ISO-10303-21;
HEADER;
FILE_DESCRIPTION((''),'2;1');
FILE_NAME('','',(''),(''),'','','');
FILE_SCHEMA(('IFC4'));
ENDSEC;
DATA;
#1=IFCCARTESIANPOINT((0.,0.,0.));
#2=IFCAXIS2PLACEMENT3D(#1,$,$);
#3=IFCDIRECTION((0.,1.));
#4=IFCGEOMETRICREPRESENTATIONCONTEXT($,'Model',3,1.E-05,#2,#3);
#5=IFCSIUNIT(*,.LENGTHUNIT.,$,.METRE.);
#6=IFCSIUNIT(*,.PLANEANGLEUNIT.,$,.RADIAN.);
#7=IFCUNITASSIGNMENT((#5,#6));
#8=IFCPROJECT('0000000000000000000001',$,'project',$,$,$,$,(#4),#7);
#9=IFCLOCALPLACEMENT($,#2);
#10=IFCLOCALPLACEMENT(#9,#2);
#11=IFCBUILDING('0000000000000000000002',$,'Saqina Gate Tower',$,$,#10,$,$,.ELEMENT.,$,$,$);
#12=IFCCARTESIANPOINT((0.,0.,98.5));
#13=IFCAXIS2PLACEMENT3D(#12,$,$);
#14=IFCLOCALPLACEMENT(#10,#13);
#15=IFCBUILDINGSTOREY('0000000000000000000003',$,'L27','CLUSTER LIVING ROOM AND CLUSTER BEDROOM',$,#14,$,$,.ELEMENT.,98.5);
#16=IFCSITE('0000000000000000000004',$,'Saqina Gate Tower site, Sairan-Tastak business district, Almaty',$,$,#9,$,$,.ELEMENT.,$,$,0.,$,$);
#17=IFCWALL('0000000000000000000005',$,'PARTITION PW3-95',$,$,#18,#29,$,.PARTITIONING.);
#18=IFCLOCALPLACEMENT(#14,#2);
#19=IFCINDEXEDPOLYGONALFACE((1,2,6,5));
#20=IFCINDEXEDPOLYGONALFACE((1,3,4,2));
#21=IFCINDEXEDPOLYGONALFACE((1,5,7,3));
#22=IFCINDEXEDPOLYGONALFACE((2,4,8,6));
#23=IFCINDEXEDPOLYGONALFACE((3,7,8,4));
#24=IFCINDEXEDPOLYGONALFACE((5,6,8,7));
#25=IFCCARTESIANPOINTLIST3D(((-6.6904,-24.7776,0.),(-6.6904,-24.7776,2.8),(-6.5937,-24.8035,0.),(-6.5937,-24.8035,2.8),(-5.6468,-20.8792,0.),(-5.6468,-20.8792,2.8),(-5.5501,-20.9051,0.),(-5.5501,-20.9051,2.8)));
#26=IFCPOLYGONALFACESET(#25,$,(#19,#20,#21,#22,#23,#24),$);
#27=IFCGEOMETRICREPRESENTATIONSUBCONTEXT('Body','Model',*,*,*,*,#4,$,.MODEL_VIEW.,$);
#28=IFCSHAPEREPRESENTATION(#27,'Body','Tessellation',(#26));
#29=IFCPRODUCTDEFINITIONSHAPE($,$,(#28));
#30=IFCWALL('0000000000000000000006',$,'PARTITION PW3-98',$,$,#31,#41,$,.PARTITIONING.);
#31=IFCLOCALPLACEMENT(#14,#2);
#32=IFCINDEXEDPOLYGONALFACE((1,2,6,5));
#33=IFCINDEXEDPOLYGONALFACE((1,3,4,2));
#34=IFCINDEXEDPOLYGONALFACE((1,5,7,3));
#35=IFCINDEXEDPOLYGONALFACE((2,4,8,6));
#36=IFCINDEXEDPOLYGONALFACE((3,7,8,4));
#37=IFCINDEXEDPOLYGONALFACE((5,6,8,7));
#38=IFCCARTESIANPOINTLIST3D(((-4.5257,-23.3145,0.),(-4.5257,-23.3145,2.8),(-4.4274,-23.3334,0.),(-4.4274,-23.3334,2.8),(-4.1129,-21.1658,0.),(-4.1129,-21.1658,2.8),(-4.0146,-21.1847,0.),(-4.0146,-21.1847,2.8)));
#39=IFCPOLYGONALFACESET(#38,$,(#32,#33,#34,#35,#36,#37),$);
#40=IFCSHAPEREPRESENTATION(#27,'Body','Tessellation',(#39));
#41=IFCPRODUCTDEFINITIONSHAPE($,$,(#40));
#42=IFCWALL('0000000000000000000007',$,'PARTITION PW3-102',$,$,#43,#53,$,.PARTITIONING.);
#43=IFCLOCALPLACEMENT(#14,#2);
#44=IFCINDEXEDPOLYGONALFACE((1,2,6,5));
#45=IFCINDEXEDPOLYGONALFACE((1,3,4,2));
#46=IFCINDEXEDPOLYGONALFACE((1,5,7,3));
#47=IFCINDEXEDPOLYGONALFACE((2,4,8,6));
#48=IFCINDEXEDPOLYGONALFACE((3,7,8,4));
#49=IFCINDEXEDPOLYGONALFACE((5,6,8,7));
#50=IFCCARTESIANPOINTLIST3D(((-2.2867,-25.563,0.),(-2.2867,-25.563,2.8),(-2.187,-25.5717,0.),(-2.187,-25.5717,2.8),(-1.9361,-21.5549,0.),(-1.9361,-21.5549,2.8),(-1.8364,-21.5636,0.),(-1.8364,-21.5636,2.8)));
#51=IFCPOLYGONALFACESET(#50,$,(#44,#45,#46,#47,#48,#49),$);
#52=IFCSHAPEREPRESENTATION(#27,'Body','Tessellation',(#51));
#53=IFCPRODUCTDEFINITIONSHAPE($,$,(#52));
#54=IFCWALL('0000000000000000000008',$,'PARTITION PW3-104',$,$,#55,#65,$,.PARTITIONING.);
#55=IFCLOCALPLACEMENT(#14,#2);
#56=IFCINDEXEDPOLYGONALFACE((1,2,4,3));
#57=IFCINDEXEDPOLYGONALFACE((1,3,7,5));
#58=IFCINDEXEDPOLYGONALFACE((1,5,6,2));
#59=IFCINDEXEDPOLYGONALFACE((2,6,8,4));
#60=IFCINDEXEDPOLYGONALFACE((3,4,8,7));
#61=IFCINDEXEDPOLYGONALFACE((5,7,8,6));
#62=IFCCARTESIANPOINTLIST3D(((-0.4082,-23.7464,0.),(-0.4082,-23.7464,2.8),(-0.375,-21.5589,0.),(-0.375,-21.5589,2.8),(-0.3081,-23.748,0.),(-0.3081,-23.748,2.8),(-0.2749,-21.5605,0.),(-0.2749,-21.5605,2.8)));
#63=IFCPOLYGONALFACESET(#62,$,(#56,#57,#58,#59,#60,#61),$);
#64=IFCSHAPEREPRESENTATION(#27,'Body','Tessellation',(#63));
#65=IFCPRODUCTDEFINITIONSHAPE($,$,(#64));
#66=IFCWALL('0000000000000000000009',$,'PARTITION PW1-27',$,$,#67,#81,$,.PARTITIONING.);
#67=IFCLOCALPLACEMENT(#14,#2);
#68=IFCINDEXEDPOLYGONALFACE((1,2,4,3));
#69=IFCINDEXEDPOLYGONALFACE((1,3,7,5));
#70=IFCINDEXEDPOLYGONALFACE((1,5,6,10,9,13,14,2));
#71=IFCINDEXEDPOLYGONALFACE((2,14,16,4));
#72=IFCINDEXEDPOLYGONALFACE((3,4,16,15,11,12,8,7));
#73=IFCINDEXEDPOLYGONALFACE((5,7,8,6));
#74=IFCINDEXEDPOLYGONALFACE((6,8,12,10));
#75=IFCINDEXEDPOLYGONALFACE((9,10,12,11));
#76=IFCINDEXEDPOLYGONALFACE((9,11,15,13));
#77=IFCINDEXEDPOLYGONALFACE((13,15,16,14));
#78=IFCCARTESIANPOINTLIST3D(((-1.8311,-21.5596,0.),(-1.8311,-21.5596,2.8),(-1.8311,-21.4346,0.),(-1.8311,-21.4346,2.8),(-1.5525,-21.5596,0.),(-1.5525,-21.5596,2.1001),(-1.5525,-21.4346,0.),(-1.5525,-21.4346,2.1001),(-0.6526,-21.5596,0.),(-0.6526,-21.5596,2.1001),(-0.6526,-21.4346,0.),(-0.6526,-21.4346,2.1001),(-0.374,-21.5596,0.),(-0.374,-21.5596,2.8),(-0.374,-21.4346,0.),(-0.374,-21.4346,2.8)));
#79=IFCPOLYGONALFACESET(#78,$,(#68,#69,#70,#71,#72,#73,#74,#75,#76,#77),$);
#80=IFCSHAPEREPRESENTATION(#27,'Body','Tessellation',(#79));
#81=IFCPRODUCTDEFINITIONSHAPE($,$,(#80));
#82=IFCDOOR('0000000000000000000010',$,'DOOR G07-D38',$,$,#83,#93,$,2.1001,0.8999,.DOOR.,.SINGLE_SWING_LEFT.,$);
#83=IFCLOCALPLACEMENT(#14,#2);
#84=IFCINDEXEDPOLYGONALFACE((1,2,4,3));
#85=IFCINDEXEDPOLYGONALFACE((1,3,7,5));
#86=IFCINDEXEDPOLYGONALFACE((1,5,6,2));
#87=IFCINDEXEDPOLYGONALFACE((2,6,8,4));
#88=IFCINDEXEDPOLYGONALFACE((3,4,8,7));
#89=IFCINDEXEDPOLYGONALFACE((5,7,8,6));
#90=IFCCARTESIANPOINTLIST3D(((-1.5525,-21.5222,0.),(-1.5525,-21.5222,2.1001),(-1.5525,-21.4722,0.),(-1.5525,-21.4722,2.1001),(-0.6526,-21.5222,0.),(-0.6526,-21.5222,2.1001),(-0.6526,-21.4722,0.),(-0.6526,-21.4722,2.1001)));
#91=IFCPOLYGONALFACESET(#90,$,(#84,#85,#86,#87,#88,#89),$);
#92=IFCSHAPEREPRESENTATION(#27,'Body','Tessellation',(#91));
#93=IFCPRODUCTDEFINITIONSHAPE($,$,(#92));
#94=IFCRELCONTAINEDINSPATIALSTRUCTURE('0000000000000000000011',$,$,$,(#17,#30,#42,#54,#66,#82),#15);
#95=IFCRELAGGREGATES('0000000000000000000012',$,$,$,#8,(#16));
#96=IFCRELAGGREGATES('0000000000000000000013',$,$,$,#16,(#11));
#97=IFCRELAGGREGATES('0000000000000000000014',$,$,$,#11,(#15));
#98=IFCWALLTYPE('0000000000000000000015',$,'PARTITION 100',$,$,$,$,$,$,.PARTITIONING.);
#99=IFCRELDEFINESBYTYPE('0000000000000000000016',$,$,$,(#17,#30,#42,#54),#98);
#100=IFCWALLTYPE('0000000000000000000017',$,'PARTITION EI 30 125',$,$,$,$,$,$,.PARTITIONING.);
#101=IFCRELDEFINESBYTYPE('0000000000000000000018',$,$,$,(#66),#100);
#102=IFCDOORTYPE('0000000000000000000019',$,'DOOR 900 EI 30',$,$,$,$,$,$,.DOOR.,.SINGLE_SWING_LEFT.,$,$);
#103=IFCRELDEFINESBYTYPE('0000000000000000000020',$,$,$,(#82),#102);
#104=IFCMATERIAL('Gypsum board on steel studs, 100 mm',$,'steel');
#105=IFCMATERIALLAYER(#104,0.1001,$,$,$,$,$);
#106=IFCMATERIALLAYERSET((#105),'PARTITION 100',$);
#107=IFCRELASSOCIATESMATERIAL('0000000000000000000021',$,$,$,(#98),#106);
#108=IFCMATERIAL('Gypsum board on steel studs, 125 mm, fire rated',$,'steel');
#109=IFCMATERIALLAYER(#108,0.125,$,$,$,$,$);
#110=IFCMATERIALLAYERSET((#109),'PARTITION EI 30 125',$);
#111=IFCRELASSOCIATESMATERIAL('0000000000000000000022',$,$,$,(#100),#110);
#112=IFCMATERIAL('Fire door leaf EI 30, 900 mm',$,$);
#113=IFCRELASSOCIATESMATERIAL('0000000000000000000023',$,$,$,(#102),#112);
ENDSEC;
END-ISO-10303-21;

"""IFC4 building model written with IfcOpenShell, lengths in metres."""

from ifc_helpers import new_model, si_unit, direction, frame, frame_2d, origin, place, context, subcontext, project, spatial, rectangle, extrude, material, layer, layer_set, type_object, element, fill, save


model = new_model("IFC4")

# Units and contexts
model_context = context("Model", 3, precision=1e-05, world=origin(), true_north=direction((0.0, 1.0)))
body_context = subcontext(model_context, "Body", "Model", "MODEL_VIEW")
ifc_project = project(units=[si_unit("LENGTHUNIT", "METRE"), si_unit("PLANEANGLEUNIT", "RADIAN")], contexts=[model_context])

# Site, building, storey
site_placement = place(None, origin())
site = spatial("IfcSite", under=ifc_project, at=site_placement, Name="Saqina Gate Tower site, Sairan-Tastak business district, Almaty", CompositionType="ELEMENT", RefElevation=0.0)
building_placement = place(site_placement, origin())
building = spatial("IfcBuilding", under=site, at=building_placement, Name="Saqina Gate Tower", CompositionType="ELEMENT")
storey_placement = place(building_placement, frame((0.0, 0.0, 98.5)))
storey = spatial("IfcBuildingStorey", under=building, at=storey_placement, Name="L27", Description="CLUSTER LIVING ROOM AND CLUSTER BEDROOM", CompositionType="ELEMENT", Elevation=98.5)

# Shared definitions
ifc_material_1 = material(Name="Gypsum board on steel studs, 100 mm", Category="steel")
ifc_layer_1 = layer(ifc_material_1, 0.1001)
ifc_layer_set_1 = layer_set([ifc_layer_1], Name="PARTITION 100")
wall_type_1 = type_object("IfcWallType", Name="PARTITION 100", PredefinedType="PARTITIONING", material=ifc_layer_set_1)

# Walls
wall_1_placement = place(storey_placement, frame((-6.6421, -24.7905, 0.0), z_axis=(0.0, 0.0, 1.0), x_axis=(0.258615, 0.96598, 0.0)))
element("IfcWall", 1, at=wall_1_placement, inside=storey, type_object=wall_type_1, Name="PARTITION PW3-95", PredefinedType="PARTITIONING", context=body_context, shape_type="SweptSolid", body=[
    extrude(rectangle(XDim=4.0356, YDim=0.1001, at=frame_2d((2.0178, 0.0))), origin(), (0.0, 0.0, 1.0), 2.8),
])
wall_2_placement = place(storey_placement, frame((-4.4766, -23.324, 0.0), z_axis=(0.0, 0.0, 1.0), x_axis=(0.188686, 0.982037, 0.0)))
element("IfcWall", 2, at=wall_2_placement, inside=storey, type_object=wall_type_1, Name="PARTITION PW3-98", PredefinedType="PARTITIONING", context=body_context, shape_type="SweptSolid", body=[
    extrude(rectangle(XDim=2.188, YDim=0.1001, at=frame_2d((1.094, 0.0))), origin(), (0.0, 0.0, 1.0), 2.8),
])
wall_3_placement = place(storey_placement, frame((-2.2368, -25.5674, 0.0), z_axis=(0.0, 0.0, 1.0), x_axis=(0.087138, 0.996196, 0.0)))
element("IfcWall", 3, at=wall_3_placement, inside=storey, type_object=wall_type_1, Name="PARTITION PW3-102", PredefinedType="PARTITIONING", context=body_context, shape_type="SweptSolid", body=[
    extrude(rectangle(XDim=4.0234, YDim=0.1001, at=frame_2d((2.0117, 0.0))), origin(), (0.0, 0.0, 1.0), 2.8),
])
wall_4_placement = place(storey_placement, frame((-0.3582, -23.7471, 0.0), z_axis=(0.0, 0.0, 1.0), x_axis=(0.015177, 0.999885, 0.0)))
element("IfcWall", 4, at=wall_4_placement, inside=storey, type_object=wall_type_1, Name="PARTITION PW3-104", PredefinedType="PARTITIONING", context=body_context, shape_type="SweptSolid", body=[
    extrude(rectangle(XDim=2.1877, YDim=0.1001, at=frame_2d((1.0938, 0.0))), origin(), (0.0, 0.0, 1.0), 2.8),
])

# Wall, opening, door
ifc_material_2 = material(Name="Gypsum board on steel studs, 125 mm, fire rated", Category="steel")
ifc_layer_2 = layer(ifc_material_2, 0.125)
ifc_layer_set_2 = layer_set([ifc_layer_2], Name="PARTITION EI 30 125")
wall_type_2 = type_object("IfcWallType", Name="PARTITION EI 30 125", PredefinedType="PARTITIONING", material=ifc_layer_set_2)
wall_5_placement = place(storey_placement, frame((-1.8311, -21.4971, 0.0), z_axis=(0.0, 0.0, 1.0), x_axis=(1.0, 0.0, 0.0)))
wall_5 = element("IfcWall", 5, at=wall_5_placement, inside=storey, type_object=wall_type_2, Name="PARTITION PW1-27", PredefinedType="PARTITIONING", context=body_context, shape_type="SweptSolid", body=[
    extrude(rectangle(XDim=1.457, YDim=0.125, at=frame_2d((0.7285, 0.0))), origin(), (0.0, 0.0, 1.0), 2.8),
])
opening_1_placement = place(wall_5_placement, frame((0.2786, 0.0, 0.0)))
opening_1 = element("IfcOpeningElement", 6, at=opening_1_placement, cuts=wall_5, PredefinedType="OPENING", context=body_context, shape_type="SweptSolid", body=[
    extrude(rectangle(XDim=0.8999, YDim=2.1001, at=frame_2d((0.45, 1.05))), frame((0.0, 0.0745, 0.0), z_axis=(0.0, -1.0, 0.0), x_axis=(1.0, 0.0, 0.0)), (0.0, 0.0, 1.0), 0.1489),
])
ifc_material_3 = material(Name="Fire door leaf EI 30, 900 mm")
door_type_1 = type_object("IfcDoorType", Name="DOOR 900 EI 30", OperationType="SINGLE_SWING_LEFT", PredefinedType="DOOR", material=ifc_material_3)
door_1_placement = place(opening_1_placement, origin())
door_1 = element("IfcDoor", 7, at=door_1_placement, inside=storey, type_object=door_type_1, Name="DOOR G07-D38", OperationType="SINGLE_SWING_LEFT", OverallHeight=2.1001, OverallWidth=0.8999, PredefinedType="DOOR", context=body_context, shape_type="SweptSolid", body=[
    extrude(rectangle(XDim=0.8999, YDim=2.1001, at=frame_2d((0.45, 1.05))), frame((0.0, 0.0249, 0.0), z_axis=(0.0, -1.0, 0.0), x_axis=(1.0, 0.0, 0.0)), (0.0, 0.0, 1.0), 0.05),
])
fill(opening_1, door_1)

save(model, "model.ifc")
